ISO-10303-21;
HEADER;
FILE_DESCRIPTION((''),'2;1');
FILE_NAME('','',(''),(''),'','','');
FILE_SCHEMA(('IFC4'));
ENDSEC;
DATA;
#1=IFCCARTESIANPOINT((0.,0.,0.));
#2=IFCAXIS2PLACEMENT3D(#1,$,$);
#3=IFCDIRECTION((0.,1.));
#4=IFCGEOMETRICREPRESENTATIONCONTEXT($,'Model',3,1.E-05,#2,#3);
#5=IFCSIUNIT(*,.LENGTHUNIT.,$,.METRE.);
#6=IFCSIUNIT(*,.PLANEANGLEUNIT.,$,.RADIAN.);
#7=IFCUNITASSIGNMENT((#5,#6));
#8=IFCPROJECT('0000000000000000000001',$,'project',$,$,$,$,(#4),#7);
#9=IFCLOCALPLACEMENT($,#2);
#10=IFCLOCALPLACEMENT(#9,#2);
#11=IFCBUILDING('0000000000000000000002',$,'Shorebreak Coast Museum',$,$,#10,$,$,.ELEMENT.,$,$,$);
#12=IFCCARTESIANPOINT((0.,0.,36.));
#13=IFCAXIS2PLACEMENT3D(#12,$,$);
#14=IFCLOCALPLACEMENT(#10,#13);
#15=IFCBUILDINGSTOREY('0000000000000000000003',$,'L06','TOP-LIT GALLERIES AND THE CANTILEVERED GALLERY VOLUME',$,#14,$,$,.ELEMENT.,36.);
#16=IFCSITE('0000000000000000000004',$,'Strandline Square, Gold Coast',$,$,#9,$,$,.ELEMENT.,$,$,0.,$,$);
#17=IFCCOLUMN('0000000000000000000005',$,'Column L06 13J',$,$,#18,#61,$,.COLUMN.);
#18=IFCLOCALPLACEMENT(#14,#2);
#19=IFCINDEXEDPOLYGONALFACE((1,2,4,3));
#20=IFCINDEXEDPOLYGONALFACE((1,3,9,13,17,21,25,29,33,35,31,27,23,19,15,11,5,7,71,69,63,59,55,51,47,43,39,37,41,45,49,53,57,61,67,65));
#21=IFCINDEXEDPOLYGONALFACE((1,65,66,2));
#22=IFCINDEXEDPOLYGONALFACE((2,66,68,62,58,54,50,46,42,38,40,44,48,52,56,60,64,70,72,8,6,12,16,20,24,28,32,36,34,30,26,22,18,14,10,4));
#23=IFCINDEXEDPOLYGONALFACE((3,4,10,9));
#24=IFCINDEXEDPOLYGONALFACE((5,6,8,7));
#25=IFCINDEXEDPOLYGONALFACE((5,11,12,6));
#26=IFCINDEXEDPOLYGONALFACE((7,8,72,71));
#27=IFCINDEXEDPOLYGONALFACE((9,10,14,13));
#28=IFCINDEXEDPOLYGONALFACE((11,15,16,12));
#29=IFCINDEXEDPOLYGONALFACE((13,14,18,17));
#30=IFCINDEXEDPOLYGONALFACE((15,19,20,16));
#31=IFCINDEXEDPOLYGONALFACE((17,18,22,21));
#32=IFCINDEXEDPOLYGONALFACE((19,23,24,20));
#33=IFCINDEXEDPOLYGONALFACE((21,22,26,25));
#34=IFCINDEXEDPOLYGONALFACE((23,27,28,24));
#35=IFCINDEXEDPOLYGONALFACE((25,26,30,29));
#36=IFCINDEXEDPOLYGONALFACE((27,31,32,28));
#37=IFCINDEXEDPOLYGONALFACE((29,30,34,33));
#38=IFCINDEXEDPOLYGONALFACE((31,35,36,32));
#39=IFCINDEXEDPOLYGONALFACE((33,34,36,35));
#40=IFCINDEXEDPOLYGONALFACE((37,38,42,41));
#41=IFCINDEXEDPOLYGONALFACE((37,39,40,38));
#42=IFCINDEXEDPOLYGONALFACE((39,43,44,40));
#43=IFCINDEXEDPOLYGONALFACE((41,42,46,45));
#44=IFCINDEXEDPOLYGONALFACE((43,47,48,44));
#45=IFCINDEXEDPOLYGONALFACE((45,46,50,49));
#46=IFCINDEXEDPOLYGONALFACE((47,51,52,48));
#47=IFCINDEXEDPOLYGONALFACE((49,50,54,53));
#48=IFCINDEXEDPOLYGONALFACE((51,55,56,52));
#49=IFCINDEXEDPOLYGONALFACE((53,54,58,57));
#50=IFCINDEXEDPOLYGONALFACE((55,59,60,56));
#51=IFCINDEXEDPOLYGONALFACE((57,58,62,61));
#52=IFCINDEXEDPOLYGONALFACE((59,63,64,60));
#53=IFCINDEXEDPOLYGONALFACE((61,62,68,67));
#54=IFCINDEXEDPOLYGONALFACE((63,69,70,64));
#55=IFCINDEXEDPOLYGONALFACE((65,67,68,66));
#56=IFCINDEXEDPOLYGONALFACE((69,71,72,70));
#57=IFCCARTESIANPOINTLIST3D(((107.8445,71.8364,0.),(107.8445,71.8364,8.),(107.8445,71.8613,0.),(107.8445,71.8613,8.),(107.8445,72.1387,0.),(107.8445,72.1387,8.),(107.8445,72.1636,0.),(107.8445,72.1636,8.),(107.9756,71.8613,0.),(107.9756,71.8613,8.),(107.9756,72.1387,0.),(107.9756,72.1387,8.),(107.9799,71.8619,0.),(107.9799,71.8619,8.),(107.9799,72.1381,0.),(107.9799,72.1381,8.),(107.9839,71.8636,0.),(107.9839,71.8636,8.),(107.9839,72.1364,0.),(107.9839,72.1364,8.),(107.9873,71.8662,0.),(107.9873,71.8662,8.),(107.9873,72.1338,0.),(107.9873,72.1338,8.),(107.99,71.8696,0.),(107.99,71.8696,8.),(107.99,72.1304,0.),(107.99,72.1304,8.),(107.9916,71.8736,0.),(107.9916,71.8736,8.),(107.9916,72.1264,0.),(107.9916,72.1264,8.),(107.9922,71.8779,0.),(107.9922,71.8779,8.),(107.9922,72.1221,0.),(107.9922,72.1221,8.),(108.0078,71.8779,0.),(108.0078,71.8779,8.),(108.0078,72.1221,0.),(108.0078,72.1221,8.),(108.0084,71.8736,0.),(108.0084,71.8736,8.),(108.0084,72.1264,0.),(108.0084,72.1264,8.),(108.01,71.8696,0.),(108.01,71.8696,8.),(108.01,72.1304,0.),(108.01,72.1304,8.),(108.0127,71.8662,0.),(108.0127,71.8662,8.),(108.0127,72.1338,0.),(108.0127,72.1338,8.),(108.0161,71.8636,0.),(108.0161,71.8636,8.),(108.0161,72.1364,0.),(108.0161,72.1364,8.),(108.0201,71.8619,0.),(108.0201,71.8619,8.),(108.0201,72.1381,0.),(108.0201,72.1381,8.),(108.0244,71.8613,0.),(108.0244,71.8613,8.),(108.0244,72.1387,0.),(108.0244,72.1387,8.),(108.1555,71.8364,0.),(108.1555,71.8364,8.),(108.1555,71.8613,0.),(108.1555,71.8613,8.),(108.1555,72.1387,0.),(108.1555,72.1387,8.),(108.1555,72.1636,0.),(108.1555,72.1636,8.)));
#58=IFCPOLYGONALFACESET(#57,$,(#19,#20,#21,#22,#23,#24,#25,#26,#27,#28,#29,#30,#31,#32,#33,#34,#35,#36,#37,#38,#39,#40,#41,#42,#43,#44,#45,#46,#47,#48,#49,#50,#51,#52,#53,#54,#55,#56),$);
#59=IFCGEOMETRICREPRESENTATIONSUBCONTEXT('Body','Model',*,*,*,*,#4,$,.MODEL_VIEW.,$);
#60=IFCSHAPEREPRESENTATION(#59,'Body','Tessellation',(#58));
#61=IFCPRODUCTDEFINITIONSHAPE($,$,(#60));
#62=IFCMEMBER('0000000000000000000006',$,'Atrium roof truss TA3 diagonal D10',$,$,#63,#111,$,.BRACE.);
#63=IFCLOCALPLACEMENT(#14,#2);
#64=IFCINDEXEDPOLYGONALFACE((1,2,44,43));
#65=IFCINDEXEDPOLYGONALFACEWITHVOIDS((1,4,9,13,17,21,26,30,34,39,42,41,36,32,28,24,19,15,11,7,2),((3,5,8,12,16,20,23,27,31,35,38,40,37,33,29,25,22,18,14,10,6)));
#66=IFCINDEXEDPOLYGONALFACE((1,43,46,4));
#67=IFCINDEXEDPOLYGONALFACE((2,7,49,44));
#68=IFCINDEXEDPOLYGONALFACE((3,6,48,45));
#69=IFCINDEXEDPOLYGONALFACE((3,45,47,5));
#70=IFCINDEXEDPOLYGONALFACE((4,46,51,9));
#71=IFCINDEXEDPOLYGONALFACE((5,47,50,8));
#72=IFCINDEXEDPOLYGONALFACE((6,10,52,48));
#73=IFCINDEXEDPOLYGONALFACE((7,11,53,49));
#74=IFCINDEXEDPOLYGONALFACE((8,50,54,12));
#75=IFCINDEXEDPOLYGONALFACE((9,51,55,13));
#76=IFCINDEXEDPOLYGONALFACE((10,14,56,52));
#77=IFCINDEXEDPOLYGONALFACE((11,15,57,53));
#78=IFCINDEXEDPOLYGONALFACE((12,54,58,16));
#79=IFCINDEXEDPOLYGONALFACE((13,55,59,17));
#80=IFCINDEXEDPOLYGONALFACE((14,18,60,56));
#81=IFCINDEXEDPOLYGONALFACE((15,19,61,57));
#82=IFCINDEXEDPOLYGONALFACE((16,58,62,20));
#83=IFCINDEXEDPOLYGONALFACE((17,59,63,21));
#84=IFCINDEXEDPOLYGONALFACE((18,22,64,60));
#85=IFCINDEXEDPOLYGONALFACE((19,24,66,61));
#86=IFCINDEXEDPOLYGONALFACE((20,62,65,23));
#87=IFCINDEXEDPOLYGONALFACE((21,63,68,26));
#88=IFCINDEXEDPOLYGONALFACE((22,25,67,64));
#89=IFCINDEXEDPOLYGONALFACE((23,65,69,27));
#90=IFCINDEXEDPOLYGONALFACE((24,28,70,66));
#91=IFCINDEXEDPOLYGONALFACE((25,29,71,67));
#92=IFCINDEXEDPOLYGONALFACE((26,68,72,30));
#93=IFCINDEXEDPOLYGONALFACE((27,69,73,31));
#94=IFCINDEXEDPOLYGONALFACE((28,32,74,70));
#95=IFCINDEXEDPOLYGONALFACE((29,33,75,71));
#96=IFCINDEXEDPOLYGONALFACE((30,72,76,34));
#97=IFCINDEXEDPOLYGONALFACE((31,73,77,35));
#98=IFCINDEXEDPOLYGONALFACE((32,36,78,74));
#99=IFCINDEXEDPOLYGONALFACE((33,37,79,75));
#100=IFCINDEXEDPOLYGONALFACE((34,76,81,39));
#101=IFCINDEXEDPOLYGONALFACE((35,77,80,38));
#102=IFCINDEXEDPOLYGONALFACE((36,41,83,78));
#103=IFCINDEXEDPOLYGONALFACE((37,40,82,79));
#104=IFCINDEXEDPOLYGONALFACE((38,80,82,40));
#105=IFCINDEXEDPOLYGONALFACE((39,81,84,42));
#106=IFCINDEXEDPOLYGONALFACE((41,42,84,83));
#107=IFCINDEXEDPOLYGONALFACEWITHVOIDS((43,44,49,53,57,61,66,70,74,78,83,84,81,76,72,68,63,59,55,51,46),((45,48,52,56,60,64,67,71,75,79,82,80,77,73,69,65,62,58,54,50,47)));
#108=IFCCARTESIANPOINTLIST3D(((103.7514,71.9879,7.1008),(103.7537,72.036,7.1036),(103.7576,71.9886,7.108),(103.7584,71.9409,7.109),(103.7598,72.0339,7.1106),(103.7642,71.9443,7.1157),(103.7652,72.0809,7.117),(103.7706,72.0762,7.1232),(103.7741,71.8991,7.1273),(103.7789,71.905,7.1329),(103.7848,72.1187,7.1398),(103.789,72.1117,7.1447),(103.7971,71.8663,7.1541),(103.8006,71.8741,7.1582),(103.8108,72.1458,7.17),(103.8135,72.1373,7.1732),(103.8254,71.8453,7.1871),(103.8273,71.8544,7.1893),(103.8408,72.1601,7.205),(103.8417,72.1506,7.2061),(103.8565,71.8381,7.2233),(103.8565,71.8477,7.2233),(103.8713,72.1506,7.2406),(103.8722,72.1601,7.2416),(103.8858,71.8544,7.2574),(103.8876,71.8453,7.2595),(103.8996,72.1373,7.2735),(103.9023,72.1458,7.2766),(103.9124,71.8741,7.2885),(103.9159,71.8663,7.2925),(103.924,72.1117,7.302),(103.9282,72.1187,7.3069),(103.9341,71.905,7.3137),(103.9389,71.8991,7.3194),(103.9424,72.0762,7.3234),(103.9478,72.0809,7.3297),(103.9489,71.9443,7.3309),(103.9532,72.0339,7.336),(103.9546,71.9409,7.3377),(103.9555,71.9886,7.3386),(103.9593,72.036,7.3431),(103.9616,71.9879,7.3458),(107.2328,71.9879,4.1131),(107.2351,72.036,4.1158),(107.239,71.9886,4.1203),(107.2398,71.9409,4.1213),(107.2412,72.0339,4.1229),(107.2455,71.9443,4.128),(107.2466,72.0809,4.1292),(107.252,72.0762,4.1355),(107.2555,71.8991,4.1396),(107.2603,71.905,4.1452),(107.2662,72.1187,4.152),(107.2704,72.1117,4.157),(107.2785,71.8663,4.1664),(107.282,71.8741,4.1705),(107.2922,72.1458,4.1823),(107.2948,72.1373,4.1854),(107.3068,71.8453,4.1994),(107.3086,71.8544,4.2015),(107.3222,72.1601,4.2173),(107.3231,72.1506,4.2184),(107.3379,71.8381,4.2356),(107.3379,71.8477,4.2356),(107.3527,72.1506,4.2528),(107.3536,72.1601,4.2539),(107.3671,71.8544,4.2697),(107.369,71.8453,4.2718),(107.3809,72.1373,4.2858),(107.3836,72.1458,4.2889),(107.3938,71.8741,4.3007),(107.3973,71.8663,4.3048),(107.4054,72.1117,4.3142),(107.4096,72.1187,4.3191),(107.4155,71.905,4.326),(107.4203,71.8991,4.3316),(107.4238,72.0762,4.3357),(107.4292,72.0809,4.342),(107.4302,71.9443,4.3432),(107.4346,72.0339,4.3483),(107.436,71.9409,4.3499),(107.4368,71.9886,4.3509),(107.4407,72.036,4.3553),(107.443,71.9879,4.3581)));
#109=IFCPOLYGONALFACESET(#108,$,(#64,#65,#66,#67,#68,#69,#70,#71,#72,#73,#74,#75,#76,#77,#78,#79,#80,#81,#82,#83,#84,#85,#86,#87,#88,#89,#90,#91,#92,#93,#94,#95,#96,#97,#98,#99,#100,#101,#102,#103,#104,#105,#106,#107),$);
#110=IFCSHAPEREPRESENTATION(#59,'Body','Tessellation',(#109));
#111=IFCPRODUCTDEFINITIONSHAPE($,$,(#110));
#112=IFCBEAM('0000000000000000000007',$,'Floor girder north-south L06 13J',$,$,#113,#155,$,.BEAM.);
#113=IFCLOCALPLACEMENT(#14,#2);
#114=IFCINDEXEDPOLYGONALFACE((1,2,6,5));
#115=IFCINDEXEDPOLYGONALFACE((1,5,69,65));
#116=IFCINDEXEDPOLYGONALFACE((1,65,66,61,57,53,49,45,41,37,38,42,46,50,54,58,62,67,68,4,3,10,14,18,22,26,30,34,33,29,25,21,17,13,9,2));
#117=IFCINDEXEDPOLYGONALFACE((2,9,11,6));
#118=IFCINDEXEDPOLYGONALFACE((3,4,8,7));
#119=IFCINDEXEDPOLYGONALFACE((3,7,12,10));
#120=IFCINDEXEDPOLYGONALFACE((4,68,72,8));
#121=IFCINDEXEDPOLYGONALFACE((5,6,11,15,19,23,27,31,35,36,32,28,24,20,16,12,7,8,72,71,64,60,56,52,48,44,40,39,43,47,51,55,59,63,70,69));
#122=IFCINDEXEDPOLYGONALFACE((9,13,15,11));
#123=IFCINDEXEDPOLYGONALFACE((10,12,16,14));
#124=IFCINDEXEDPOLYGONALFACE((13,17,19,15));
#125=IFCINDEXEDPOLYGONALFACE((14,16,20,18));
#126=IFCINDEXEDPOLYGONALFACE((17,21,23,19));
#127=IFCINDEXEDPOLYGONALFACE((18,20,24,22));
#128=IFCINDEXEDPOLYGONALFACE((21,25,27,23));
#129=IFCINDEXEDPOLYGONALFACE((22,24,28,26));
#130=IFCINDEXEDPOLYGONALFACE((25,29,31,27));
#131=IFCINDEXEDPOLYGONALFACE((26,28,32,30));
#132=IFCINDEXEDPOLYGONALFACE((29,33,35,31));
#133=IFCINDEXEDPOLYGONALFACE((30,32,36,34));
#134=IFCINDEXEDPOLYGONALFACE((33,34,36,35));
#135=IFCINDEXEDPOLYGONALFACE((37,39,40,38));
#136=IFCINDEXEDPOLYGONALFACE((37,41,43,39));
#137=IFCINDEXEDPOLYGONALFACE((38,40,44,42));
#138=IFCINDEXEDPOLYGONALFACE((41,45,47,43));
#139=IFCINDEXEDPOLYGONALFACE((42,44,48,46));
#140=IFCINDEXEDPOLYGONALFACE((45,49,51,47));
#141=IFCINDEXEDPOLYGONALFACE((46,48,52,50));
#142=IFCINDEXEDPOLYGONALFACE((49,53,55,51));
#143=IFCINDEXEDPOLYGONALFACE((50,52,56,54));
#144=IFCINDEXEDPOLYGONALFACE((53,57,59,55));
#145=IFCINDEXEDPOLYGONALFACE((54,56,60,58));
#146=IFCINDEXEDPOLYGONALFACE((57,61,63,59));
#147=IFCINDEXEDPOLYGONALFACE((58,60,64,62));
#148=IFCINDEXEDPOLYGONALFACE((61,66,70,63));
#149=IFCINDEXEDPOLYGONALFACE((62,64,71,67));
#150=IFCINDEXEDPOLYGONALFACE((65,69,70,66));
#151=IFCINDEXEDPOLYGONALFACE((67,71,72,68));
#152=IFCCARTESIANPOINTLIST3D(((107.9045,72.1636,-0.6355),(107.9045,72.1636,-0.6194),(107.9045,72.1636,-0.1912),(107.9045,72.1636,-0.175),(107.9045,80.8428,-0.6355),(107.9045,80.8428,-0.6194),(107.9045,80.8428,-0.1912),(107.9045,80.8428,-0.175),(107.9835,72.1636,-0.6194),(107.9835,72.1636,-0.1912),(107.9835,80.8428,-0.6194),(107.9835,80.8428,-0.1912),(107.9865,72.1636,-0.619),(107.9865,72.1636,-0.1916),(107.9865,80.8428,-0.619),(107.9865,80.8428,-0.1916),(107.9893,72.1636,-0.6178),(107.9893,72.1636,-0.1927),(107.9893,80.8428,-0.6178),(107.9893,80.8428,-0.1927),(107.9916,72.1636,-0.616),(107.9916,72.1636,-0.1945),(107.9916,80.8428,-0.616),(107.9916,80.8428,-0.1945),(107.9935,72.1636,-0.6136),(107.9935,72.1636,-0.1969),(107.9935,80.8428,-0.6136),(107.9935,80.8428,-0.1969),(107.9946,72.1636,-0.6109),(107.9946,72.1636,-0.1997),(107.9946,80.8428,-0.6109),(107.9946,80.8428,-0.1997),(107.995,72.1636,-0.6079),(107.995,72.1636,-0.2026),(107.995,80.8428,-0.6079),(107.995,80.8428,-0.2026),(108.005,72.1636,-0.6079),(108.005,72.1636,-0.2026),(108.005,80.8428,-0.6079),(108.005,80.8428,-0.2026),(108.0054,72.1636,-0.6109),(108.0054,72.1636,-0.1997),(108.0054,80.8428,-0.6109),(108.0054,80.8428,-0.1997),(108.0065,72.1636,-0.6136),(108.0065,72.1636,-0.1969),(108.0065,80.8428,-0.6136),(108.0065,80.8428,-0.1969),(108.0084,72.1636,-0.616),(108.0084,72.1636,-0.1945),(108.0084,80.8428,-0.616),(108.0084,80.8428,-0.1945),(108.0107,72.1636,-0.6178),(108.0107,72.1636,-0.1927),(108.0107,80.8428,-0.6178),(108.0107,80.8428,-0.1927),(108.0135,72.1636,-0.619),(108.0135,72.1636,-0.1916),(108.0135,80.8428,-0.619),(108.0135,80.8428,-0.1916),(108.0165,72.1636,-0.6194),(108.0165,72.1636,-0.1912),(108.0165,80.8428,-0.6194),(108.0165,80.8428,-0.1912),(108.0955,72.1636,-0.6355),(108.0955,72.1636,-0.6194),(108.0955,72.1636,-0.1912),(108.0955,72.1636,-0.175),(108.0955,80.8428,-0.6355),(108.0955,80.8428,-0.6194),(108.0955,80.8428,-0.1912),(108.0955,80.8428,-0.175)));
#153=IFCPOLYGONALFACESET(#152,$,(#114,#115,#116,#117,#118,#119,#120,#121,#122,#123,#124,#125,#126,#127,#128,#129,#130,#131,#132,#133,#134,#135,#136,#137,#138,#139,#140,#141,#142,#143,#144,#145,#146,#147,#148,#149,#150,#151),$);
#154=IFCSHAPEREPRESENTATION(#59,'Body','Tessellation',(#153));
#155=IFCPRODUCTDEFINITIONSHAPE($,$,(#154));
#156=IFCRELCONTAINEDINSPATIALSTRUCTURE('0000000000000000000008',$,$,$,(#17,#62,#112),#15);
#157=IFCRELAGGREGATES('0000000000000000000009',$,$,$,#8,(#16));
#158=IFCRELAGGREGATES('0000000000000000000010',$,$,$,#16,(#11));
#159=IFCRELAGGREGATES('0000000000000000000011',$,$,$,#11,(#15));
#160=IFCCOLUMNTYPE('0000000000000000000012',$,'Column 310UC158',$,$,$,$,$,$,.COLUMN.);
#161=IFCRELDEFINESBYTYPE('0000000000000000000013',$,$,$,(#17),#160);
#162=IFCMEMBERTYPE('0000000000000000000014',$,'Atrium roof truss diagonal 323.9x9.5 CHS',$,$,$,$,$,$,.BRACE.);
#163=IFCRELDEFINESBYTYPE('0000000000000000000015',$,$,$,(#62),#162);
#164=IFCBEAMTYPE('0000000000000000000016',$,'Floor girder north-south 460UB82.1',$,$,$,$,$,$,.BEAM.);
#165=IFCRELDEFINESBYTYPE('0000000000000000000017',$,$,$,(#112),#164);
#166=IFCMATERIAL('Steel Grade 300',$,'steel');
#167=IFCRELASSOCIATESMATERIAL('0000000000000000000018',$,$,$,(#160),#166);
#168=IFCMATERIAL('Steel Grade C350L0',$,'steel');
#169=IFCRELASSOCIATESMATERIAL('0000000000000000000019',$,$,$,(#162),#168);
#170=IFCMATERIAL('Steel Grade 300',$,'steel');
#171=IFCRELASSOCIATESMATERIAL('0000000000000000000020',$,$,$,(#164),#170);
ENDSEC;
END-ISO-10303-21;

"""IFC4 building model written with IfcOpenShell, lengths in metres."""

from ifc_helpers import new_model, si_unit, direction, frame, origin, origin_2d, place, context, subcontext, project, spatial, hollow_circle, i_section, extrude, material, material_profile, profile_set, type_object, element, save


model = new_model("IFC4")

# Units and contexts
model_context = context("Model", 3, precision=1e-05, world=origin(), true_north=direction((0.0, 1.0)))
body_context = subcontext(model_context, "Body", "Model", "MODEL_VIEW")
ifc_project = project(units=[si_unit("LENGTHUNIT", "METRE"), si_unit("PLANEANGLEUNIT", "RADIAN")], contexts=[model_context])

# Site, building, storey
site_placement = place(None, origin())
site = spatial("IfcSite", under=ifc_project, at=site_placement, Name="Strandline Square, Gold Coast", CompositionType="ELEMENT", RefElevation=0.0)
building_placement = place(site_placement, origin())
building = spatial("IfcBuilding", under=site, at=building_placement, Name="Shorebreak Coast Museum", CompositionType="ELEMENT")
storey_placement = place(building_placement, frame((0.0, 0.0, 36.0)))
storey = spatial("IfcBuildingStorey", under=building, at=storey_placement, Name="L06", Description="TOP-LIT GALLERIES AND THE CANTILEVERED GALLERY VOLUME", CompositionType="ELEMENT", Elevation=36.0)

# Column
ifc_material_1 = material(Name="Steel Grade 300", Category="steel")
ifc_material_profile_1 = material_profile(ifc_material_1, i_section(OverallWidth=0.311, OverallDepth=0.3271, WebThickness=0.0156, FlangeThickness=0.0249, FilletRadius=0.0166, at=origin_2d()), Name="310UC158")
ifc_profile_set_1 = profile_set([ifc_material_profile_1], Name="Steel Grade 300")
column_type = type_object("IfcColumnType", Name="Column 310UC158", PredefinedType="COLUMN", material=ifc_profile_set_1)
column_placement = place(storey_placement, frame((108.0, 72.0, 0.0), z_axis=(0.0, 0.0, 1.0), x_axis=(1.0, 0.0, 0.0)))
element("IfcColumn", 1, at=column_placement, inside=storey, type_object=column_type, Name="Column L06 13J", PredefinedType="COLUMN", context=body_context, shape_type="SweptSolid", body=[
    extrude(i_section(OverallWidth=0.311, OverallDepth=0.3271, WebThickness=0.0156, FlangeThickness=0.0249, FilletRadius=0.0166, at=origin_2d()), origin(), (0.0, 0.0, 1.0), 8.0),
])

# Member
ifc_material_2 = material(Name="Steel Grade C350L0", Category="steel")
ifc_material_profile_2 = material_profile(ifc_material_2, hollow_circle(Radius=0.1619, WallThickness=0.0095, at=origin_2d()), Name="323.9x9.5 CHS")
ifc_profile_set_2 = profile_set([ifc_material_profile_2], Name="Steel Grade C350L0")
member_type_1 = type_object("IfcMemberType", Name="Atrium roof truss diagonal 323.9x9.5 CHS", PredefinedType="BRACE", material=ifc_profile_set_2)
member_1_placement = place(storey_placement, frame((107.3379, 72.0, 4.2356), z_axis=(-0.758858, 0.0, 0.651256), x_axis=(0.0, -1.0, 0.0)))
element("IfcMember", 2, at=member_1_placement, inside=storey, type_object=member_type_1, Name="Atrium roof truss TA3 diagonal D10", PredefinedType="BRACE", context=body_context, shape_type="SweptSolid", body=[
    extrude(hollow_circle(Radius=0.1619, WallThickness=0.0095, at=origin_2d()), origin(), (0.0, 0.0, 1.0), 4.5876),
])

# Beam
ifc_material_3 = material(Name="Steel Grade 300", Category="steel")
ifc_material_profile_3 = material_profile(ifc_material_3, i_section(OverallWidth=0.1909, OverallDepth=0.4604, WebThickness=0.01, FlangeThickness=0.0161, FilletRadius=0.0115, at=origin_2d()), Name="460UB82.1")
ifc_profile_set_3 = profile_set([ifc_material_profile_3], Name="Steel Grade 300")
beam_type_1 = type_object("IfcBeamType", Name="Floor girder north-south 460UB82.1", PredefinedType="BEAM", material=ifc_profile_set_3)
beam_1_placement = place(storey_placement, frame((108.0, 72.1636, -0.4053), z_axis=(0.0, 1.0, 0.0), x_axis=(-1.0, 0.0, 0.0)))
element("IfcBeam", 3, at=beam_1_placement, inside=storey, type_object=beam_type_1, Name="Floor girder north-south L06 13J", PredefinedType="BEAM", context=body_context, shape_type="SweptSolid", body=[
    extrude(i_section(OverallWidth=0.1909, OverallDepth=0.4604, WebThickness=0.01, FlangeThickness=0.0161, FilletRadius=0.0115, at=origin_2d()), origin(), (0.0, 0.0, 1.0), 8.6792),
])

save(model, "model.ifc")
